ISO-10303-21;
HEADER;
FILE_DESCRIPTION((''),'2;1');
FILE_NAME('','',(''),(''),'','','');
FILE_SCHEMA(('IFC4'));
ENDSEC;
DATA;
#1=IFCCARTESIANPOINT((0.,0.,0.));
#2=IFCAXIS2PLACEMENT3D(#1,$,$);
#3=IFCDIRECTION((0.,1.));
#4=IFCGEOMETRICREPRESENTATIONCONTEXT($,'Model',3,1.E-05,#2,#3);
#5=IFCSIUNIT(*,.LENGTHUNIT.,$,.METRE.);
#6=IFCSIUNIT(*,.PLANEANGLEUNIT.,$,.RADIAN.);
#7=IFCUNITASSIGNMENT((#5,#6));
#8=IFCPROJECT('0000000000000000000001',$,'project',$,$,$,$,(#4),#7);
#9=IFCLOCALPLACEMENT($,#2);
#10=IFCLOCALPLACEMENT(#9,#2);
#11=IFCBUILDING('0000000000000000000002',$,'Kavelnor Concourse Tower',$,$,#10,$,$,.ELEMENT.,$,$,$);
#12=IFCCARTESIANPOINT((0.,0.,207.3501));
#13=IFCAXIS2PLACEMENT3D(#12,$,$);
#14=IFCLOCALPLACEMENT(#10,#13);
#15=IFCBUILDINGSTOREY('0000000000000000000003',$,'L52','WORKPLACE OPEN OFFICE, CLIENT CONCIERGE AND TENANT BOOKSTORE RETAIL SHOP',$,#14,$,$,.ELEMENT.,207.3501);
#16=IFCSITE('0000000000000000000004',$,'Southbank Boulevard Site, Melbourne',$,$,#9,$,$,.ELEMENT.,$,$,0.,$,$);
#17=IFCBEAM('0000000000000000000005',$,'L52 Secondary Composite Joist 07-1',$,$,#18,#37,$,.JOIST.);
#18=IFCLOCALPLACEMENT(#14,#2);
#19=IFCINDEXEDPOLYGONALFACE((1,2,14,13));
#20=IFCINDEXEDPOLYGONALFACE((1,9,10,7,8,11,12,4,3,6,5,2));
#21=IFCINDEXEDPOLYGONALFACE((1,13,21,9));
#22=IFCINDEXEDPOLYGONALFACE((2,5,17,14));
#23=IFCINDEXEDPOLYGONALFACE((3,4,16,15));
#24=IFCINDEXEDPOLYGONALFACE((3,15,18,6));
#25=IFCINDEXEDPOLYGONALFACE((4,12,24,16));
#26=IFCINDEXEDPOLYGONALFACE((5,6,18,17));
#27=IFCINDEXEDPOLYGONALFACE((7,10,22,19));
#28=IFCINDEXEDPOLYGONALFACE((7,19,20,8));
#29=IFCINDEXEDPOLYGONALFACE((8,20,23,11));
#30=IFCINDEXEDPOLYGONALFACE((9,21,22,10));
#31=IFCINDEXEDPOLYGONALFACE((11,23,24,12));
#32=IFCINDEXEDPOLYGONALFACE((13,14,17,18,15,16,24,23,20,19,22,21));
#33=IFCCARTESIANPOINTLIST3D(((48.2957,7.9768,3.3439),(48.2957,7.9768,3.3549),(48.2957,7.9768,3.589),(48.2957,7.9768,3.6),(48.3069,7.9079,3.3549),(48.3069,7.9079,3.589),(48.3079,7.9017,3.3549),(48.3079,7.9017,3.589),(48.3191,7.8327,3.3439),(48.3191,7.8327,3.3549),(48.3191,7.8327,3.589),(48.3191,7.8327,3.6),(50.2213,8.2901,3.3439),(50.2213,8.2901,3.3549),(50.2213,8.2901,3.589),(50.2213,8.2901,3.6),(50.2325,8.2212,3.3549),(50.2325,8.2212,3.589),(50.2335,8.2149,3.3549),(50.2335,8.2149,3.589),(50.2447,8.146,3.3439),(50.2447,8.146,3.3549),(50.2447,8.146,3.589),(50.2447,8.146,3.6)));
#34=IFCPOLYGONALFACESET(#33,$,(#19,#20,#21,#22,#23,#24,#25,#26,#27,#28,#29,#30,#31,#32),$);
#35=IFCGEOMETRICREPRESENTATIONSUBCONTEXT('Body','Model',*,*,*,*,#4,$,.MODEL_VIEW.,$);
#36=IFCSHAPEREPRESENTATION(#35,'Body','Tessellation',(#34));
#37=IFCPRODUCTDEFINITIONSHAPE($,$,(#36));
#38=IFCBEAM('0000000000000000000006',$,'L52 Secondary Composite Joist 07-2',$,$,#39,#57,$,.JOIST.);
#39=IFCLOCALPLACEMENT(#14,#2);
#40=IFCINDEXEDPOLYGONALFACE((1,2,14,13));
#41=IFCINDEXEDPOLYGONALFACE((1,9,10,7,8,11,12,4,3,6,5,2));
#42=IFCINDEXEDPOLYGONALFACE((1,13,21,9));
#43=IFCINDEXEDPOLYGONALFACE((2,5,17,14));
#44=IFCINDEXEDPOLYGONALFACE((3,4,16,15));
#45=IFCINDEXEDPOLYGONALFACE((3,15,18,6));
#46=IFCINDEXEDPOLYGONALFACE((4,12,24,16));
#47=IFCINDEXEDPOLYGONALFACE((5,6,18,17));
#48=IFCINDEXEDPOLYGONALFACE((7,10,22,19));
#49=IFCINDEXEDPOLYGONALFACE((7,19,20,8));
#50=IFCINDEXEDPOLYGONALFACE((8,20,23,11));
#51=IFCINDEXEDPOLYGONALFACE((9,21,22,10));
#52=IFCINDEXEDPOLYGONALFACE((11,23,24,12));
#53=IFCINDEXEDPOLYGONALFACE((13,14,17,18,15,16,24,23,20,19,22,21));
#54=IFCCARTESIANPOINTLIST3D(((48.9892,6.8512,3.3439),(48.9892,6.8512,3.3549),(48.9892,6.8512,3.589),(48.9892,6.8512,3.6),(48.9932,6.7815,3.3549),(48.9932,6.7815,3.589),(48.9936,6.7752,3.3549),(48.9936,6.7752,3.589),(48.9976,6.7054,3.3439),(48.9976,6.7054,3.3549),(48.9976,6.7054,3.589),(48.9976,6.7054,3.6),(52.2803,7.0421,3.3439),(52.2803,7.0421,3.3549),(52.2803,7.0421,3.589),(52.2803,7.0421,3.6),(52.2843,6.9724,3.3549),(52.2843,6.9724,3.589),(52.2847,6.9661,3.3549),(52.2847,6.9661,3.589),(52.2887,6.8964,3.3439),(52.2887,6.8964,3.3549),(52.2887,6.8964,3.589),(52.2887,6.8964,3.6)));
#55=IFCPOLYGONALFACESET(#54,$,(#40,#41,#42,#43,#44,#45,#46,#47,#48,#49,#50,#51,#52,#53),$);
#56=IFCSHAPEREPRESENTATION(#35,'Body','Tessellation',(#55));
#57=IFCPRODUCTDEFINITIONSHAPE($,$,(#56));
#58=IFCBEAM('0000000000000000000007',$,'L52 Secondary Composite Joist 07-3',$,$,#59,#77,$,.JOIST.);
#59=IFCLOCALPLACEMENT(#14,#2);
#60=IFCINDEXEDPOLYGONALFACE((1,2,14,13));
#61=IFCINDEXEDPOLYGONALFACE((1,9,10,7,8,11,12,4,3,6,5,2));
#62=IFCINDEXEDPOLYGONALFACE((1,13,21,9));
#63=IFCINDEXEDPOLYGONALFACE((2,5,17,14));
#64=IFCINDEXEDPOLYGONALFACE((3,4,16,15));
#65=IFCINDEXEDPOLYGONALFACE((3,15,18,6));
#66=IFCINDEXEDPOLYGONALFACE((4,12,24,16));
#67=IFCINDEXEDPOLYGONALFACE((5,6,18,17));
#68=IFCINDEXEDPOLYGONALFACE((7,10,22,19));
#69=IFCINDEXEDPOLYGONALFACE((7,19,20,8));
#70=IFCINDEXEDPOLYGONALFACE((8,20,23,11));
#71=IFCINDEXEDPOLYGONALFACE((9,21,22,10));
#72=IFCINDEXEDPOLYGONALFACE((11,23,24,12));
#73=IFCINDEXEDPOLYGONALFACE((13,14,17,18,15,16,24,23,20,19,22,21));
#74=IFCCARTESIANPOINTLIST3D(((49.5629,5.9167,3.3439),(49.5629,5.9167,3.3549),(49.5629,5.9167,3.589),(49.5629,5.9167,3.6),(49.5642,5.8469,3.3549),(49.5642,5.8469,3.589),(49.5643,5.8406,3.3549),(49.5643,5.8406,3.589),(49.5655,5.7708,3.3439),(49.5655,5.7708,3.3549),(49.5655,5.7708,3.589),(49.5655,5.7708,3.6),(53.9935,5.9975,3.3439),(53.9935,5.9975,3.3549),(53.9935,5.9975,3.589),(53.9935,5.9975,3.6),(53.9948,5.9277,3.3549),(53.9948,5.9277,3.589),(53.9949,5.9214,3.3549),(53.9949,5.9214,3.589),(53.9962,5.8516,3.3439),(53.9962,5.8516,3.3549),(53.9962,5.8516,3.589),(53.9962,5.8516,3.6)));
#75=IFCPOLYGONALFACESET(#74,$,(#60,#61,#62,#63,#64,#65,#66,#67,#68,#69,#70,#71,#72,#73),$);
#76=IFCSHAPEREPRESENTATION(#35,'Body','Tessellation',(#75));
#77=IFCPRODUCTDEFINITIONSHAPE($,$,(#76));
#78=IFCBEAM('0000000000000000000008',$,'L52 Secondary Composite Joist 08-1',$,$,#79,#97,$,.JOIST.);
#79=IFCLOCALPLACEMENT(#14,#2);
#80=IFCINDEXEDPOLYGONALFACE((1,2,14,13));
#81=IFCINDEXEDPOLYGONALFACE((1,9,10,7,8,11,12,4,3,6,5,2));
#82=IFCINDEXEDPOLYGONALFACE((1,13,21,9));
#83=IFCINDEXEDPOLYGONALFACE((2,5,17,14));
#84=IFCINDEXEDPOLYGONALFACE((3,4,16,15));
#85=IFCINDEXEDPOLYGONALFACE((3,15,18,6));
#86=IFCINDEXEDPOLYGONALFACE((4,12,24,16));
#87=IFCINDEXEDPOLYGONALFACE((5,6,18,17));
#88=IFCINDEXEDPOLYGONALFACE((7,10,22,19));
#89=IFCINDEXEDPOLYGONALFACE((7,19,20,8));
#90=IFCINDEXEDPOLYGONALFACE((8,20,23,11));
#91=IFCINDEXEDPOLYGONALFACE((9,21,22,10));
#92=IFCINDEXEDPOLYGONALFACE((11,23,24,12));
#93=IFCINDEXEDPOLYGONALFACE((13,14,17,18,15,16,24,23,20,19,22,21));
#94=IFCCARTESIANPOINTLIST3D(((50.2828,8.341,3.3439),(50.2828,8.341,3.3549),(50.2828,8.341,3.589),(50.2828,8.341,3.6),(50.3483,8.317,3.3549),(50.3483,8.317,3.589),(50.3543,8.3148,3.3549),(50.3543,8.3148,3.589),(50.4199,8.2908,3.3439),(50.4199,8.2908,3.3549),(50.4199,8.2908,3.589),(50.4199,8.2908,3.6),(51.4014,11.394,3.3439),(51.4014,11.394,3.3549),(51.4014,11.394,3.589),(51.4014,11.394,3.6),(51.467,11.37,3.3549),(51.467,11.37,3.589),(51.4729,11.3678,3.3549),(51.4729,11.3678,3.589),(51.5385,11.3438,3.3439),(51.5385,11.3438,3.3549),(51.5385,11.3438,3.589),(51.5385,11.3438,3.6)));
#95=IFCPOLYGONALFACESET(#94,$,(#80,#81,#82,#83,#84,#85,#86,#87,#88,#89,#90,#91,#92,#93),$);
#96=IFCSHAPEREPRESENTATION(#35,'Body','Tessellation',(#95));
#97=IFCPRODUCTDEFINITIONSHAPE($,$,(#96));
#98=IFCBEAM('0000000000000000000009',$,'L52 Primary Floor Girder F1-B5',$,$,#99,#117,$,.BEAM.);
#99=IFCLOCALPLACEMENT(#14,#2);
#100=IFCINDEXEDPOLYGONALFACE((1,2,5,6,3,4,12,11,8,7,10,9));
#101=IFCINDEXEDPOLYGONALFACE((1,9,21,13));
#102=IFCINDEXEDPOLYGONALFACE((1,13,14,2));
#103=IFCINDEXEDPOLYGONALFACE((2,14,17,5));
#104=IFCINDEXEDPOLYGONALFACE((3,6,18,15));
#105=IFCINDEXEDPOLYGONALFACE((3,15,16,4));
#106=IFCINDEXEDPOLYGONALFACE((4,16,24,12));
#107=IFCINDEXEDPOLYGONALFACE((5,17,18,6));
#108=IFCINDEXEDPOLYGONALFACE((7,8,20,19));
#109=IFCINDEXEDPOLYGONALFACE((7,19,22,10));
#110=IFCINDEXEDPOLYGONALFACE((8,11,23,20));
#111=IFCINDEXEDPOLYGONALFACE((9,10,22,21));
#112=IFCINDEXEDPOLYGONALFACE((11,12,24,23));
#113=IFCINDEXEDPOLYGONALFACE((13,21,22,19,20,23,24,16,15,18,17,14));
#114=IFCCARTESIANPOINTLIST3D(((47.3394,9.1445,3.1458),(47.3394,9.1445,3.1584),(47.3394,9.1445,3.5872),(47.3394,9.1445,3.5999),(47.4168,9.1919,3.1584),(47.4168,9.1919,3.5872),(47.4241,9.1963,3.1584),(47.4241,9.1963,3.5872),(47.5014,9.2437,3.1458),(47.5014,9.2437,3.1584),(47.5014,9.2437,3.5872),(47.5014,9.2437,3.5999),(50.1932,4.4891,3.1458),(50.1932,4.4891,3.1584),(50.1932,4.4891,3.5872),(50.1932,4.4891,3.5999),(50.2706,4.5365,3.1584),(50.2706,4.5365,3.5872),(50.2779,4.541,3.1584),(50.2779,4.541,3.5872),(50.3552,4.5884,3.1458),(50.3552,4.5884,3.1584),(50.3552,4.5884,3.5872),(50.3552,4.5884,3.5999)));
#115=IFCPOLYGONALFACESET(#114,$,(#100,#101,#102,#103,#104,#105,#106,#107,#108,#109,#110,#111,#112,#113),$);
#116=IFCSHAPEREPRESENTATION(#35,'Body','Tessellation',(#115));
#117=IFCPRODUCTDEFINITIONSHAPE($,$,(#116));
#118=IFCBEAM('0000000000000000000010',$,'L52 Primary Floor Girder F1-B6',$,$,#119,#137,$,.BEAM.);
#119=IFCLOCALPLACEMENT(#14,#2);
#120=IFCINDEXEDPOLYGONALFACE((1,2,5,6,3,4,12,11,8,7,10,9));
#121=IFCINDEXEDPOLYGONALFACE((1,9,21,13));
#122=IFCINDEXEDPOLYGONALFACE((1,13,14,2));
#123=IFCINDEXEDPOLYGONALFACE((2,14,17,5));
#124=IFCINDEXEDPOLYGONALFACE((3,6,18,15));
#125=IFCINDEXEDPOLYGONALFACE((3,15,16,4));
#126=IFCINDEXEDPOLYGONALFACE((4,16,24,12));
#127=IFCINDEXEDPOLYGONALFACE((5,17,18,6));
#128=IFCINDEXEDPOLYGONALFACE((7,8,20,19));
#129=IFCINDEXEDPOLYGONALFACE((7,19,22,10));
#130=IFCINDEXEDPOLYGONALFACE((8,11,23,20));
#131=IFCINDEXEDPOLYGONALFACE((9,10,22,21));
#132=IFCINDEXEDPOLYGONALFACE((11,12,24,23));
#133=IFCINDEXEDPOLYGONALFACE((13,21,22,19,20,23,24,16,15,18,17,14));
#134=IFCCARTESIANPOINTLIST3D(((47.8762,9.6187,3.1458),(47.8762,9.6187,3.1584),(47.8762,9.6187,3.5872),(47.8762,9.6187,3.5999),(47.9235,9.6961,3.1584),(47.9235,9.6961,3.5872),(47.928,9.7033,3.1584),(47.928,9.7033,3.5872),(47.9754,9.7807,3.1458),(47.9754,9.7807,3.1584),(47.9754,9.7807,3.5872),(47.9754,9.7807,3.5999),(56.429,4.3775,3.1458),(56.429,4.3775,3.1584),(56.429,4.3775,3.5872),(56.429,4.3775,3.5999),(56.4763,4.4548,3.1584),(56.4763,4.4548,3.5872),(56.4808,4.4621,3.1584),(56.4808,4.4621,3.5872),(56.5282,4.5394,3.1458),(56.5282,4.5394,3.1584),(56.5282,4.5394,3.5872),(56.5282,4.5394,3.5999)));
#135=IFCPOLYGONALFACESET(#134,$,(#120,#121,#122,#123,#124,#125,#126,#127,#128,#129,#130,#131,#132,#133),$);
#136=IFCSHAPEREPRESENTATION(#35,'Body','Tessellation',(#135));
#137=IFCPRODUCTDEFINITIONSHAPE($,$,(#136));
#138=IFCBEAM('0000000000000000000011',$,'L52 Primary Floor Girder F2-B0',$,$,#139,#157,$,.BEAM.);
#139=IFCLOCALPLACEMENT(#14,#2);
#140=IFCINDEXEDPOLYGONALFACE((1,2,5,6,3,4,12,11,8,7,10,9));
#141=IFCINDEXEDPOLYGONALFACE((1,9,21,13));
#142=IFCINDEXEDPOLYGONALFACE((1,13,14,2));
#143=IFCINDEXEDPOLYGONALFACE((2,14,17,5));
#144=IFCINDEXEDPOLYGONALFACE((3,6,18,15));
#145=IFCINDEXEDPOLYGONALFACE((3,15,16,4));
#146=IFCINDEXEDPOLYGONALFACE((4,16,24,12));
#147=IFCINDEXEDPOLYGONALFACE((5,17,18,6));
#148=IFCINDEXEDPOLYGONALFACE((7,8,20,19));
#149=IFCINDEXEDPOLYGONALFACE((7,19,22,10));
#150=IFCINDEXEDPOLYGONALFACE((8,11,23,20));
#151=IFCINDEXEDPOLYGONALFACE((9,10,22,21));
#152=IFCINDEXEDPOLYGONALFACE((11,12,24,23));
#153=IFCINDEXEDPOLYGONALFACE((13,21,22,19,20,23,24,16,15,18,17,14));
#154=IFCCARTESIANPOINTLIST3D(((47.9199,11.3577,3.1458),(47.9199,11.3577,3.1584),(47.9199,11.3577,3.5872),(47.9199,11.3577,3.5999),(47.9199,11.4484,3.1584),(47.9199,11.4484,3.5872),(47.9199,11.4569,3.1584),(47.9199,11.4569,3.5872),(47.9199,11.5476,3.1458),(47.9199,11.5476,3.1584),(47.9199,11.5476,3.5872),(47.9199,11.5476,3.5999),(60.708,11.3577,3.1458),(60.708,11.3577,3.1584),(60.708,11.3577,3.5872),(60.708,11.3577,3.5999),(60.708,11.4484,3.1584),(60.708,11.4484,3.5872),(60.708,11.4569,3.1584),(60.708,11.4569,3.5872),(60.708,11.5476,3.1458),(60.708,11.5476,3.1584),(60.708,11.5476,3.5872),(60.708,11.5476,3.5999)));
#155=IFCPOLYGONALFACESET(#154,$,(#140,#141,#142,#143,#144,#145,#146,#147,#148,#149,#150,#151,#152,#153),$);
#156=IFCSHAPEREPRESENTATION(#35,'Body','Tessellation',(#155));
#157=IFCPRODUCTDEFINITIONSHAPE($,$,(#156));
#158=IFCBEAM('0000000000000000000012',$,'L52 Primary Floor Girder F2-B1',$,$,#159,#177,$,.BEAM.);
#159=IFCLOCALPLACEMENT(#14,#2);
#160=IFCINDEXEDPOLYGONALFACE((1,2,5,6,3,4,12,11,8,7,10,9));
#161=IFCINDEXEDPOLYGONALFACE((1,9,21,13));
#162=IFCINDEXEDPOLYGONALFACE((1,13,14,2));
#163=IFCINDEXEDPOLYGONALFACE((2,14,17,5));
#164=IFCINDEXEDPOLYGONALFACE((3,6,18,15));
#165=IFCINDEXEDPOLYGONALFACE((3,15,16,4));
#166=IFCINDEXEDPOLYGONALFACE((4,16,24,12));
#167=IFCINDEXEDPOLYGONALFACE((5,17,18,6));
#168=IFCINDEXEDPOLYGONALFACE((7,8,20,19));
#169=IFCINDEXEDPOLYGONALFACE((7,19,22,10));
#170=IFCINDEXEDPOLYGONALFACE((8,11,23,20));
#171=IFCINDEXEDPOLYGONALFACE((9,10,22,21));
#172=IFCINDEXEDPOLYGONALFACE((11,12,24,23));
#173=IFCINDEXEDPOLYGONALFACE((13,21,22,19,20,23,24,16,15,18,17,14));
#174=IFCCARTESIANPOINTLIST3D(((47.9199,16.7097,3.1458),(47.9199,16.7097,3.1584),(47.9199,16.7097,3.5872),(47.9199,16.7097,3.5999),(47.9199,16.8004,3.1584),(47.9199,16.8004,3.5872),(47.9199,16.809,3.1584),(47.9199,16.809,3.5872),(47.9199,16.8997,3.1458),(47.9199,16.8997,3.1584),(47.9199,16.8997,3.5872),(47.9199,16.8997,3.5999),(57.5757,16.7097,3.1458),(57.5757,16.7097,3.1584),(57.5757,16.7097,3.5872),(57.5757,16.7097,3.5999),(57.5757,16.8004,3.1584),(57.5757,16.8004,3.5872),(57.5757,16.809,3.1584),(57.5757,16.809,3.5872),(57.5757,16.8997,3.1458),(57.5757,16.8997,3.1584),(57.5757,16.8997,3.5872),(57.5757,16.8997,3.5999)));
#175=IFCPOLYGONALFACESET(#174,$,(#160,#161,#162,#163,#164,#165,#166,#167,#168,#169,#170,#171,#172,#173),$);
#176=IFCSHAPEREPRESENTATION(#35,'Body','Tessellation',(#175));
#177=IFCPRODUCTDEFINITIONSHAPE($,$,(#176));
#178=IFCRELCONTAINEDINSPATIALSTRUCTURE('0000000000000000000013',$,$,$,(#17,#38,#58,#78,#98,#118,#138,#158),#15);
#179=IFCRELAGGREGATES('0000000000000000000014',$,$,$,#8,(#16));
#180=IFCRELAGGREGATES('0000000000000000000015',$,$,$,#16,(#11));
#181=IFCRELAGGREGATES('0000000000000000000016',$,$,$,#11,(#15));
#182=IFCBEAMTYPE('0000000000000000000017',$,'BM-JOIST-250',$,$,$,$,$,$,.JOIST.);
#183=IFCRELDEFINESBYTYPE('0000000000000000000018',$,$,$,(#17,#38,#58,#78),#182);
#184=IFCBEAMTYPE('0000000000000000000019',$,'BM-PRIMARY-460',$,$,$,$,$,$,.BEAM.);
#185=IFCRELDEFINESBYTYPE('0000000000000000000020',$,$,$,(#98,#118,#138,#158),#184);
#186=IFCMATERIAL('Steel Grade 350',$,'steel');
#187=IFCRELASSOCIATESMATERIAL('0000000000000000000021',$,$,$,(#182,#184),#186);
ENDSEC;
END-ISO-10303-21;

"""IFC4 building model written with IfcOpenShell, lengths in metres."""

from ifc_helpers import new_model, si_unit, direction, frame, origin, origin_2d, place, context, subcontext, project, spatial, i_section, extrude, material, material_profile, profile_set, type_object, element, save


model = new_model("IFC4")

# Units and contexts
model_context = context("Model", 3, precision=1e-05, world=origin(), true_north=direction((0.0, 1.0)))
body_context = subcontext(model_context, "Body", "Model", "MODEL_VIEW")
ifc_project = project(units=[si_unit("LENGTHUNIT", "METRE"), si_unit("PLANEANGLEUNIT", "RADIAN")], contexts=[model_context])

# Site, building, storey
site_placement = place(None, origin())
site = spatial("IfcSite", under=ifc_project, at=site_placement, Name="Southbank Boulevard Site, Melbourne", CompositionType="ELEMENT", RefElevation=0.0)
building_placement = place(site_placement, origin())
building = spatial("IfcBuilding", under=site, at=building_placement, Name="Kavelnor Concourse Tower", CompositionType="ELEMENT")
storey_placement = place(building_placement, frame((0.0, 0.0, 207.3501)))
storey = spatial("IfcBuildingStorey", under=building, at=storey_placement, Name="L52", Description="WORKPLACE OPEN OFFICE, CLIENT CONCIERGE AND TENANT BOOKSTORE RETAIL SHOP", CompositionType="ELEMENT", Elevation=207.3501)

# Beams
ifc_material_1 = material(Name="Steel Grade 350", Category="steel")
ifc_material_profile_1 = material_profile(ifc_material_1, i_section(OverallWidth=0.146, OverallDepth=0.2561, WebThickness=0.0063, FlangeThickness=0.011, at=origin_2d()), Name="250UB37")
ifc_profile_set_1 = profile_set([ifc_material_profile_1], Name="Steel Grade 350")
beam_type_1 = type_object("IfcBeamType", Name="BM-JOIST-250", PredefinedType="JOIST", material=ifc_profile_set_1)
beam_1_placement = place(storey_placement, frame((48.3074, 7.9048, 3.4719), z_axis=(0.987026, 0.160562, 0.0), x_axis=(-0.160562, 0.987026, 0.0)))
element("IfcBeam", 1, at=beam_1_placement, inside=storey, type_object=beam_type_1, Name="L52 Secondary Composite Joist 07-1", PredefinedType="JOIST", context=body_context, shape_type="SweptSolid", body=[
    extrude(i_section(OverallWidth=0.146, OverallDepth=0.2561, WebThickness=0.0063, FlangeThickness=0.011, at=origin_2d()), origin(), (0.0, 0.0, 1.0), 1.9509),
])
beam_2_placement = place(storey_placement, frame((48.9934, 6.7783, 3.4719), z_axis=(0.998322, 0.057914, 0.0), x_axis=(-0.057914, 0.998322, 0.0)))
element("IfcBeam", 2, at=beam_2_placement, inside=storey, type_object=beam_type_1, Name="L52 Secondary Composite Joist 07-2", PredefinedType="JOIST", context=body_context, shape_type="SweptSolid", body=[
    extrude(i_section(OverallWidth=0.146, OverallDepth=0.2561, WebThickness=0.0063, FlangeThickness=0.011, at=origin_2d()), origin(), (0.0, 0.0, 1.0), 3.2966),
])
beam_3_placement = place(storey_placement, frame((49.5642, 5.8438, 3.4719), z_axis=(0.999834, 0.018236, 0.0), x_axis=(-0.018236, 0.999834, 0.0)))
element("IfcBeam", 3, at=beam_3_placement, inside=storey, type_object=beam_type_1, Name="L52 Secondary Composite Joist 07-3", PredefinedType="JOIST", context=body_context, shape_type="SweptSolid", body=[
    extrude(i_section(OverallWidth=0.146, OverallDepth=0.2561, WebThickness=0.0063, FlangeThickness=0.011, at=origin_2d()), origin(), (0.0, 0.0, 1.0), 4.4314),
])
beam_4_placement = place(storey_placement, frame((50.3513, 8.3159, 3.4719), z_axis=(0.344045, 0.938953, 0.0), x_axis=(-0.938953, 0.344045, 0.0)))
element("IfcBeam", 4, at=beam_4_placement, inside=storey, type_object=beam_type_1, Name="L52 Secondary Composite Joist 08-1", PredefinedType="JOIST", context=body_context, shape_type="SweptSolid", body=[
    extrude(i_section(OverallWidth=0.146, OverallDepth=0.2561, WebThickness=0.0063, FlangeThickness=0.011, at=origin_2d()), origin(), (0.0, 0.0, 1.0), 3.2515),
])
ifc_material_profile_2 = material_profile(ifc_material_1, i_section(OverallWidth=0.1899, OverallDepth=0.4541, WebThickness=0.0085, FlangeThickness=0.0127, at=origin_2d()), Name="460UB67")
ifc_profile_set_2 = profile_set([ifc_material_profile_2], Name="Steel Grade 350")
beam_type_2 = type_object("IfcBeamType", Name="BM-PRIMARY-460", PredefinedType="BEAM", material=ifc_profile_set_2)
beam_5_placement = place(storey_placement, frame((47.4204, 9.1941, 3.3728), z_axis=(0.522632, -0.852558, 0.0), x_axis=(0.852558, 0.522632, 0.0)))
element("IfcBeam", 5, at=beam_5_placement, inside=storey, type_object=beam_type_2, Name="L52 Primary Floor Girder F1-B5", PredefinedType="BEAM", context=body_context, shape_type="SweptSolid", body=[
    extrude(i_section(OverallWidth=0.1899, OverallDepth=0.4541, WebThickness=0.0085, FlangeThickness=0.0127, at=origin_2d()), origin(), (0.0, 0.0, 1.0), 5.4604),
])
beam_6_placement = place(storey_placement, frame((47.9258, 9.6997, 3.3728), z_axis=(0.852636, -0.522505, 0.0), x_axis=(0.522505, 0.852636, 0.0)))
element("IfcBeam", 6, at=beam_6_placement, inside=storey, type_object=beam_type_2, Name="L52 Primary Floor Girder F1-B6", PredefinedType="BEAM", context=body_context, shape_type="SweptSolid", body=[
    extrude(i_section(OverallWidth=0.1899, OverallDepth=0.4541, WebThickness=0.0085, FlangeThickness=0.0127, at=origin_2d()), origin(), (0.0, 0.0, 1.0), 10.031),
])
beam_7_placement = place(storey_placement, frame((47.9199, 11.4526, 3.3728), z_axis=(1.0, 0.0, 0.0), x_axis=(0.0, 1.0, 0.0)))
element("IfcBeam", 7, at=beam_7_placement, inside=storey, type_object=beam_type_2, Name="L52 Primary Floor Girder F2-B0", PredefinedType="BEAM", context=body_context, shape_type="SweptSolid", body=[
    extrude(i_section(OverallWidth=0.1899, OverallDepth=0.4541, WebThickness=0.0085, FlangeThickness=0.0127, at=origin_2d()), origin(), (0.0, 0.0, 1.0), 12.7881),
])
beam_8_placement = place(storey_placement, frame((47.9199, 16.8047, 3.3728), z_axis=(1.0, 0.0, 0.0), x_axis=(0.0, 1.0, 0.0)))
element("IfcBeam", 8, at=beam_8_placement, inside=storey, type_object=beam_type_2, Name="L52 Primary Floor Girder F2-B1", PredefinedType="BEAM", context=body_context, shape_type="SweptSolid", body=[
    extrude(i_section(OverallWidth=0.1899, OverallDepth=0.4541, WebThickness=0.0085, FlangeThickness=0.0127, at=origin_2d()), origin(), (0.0, 0.0, 1.0), 9.6558),
])

save(model, "model.ifc")
